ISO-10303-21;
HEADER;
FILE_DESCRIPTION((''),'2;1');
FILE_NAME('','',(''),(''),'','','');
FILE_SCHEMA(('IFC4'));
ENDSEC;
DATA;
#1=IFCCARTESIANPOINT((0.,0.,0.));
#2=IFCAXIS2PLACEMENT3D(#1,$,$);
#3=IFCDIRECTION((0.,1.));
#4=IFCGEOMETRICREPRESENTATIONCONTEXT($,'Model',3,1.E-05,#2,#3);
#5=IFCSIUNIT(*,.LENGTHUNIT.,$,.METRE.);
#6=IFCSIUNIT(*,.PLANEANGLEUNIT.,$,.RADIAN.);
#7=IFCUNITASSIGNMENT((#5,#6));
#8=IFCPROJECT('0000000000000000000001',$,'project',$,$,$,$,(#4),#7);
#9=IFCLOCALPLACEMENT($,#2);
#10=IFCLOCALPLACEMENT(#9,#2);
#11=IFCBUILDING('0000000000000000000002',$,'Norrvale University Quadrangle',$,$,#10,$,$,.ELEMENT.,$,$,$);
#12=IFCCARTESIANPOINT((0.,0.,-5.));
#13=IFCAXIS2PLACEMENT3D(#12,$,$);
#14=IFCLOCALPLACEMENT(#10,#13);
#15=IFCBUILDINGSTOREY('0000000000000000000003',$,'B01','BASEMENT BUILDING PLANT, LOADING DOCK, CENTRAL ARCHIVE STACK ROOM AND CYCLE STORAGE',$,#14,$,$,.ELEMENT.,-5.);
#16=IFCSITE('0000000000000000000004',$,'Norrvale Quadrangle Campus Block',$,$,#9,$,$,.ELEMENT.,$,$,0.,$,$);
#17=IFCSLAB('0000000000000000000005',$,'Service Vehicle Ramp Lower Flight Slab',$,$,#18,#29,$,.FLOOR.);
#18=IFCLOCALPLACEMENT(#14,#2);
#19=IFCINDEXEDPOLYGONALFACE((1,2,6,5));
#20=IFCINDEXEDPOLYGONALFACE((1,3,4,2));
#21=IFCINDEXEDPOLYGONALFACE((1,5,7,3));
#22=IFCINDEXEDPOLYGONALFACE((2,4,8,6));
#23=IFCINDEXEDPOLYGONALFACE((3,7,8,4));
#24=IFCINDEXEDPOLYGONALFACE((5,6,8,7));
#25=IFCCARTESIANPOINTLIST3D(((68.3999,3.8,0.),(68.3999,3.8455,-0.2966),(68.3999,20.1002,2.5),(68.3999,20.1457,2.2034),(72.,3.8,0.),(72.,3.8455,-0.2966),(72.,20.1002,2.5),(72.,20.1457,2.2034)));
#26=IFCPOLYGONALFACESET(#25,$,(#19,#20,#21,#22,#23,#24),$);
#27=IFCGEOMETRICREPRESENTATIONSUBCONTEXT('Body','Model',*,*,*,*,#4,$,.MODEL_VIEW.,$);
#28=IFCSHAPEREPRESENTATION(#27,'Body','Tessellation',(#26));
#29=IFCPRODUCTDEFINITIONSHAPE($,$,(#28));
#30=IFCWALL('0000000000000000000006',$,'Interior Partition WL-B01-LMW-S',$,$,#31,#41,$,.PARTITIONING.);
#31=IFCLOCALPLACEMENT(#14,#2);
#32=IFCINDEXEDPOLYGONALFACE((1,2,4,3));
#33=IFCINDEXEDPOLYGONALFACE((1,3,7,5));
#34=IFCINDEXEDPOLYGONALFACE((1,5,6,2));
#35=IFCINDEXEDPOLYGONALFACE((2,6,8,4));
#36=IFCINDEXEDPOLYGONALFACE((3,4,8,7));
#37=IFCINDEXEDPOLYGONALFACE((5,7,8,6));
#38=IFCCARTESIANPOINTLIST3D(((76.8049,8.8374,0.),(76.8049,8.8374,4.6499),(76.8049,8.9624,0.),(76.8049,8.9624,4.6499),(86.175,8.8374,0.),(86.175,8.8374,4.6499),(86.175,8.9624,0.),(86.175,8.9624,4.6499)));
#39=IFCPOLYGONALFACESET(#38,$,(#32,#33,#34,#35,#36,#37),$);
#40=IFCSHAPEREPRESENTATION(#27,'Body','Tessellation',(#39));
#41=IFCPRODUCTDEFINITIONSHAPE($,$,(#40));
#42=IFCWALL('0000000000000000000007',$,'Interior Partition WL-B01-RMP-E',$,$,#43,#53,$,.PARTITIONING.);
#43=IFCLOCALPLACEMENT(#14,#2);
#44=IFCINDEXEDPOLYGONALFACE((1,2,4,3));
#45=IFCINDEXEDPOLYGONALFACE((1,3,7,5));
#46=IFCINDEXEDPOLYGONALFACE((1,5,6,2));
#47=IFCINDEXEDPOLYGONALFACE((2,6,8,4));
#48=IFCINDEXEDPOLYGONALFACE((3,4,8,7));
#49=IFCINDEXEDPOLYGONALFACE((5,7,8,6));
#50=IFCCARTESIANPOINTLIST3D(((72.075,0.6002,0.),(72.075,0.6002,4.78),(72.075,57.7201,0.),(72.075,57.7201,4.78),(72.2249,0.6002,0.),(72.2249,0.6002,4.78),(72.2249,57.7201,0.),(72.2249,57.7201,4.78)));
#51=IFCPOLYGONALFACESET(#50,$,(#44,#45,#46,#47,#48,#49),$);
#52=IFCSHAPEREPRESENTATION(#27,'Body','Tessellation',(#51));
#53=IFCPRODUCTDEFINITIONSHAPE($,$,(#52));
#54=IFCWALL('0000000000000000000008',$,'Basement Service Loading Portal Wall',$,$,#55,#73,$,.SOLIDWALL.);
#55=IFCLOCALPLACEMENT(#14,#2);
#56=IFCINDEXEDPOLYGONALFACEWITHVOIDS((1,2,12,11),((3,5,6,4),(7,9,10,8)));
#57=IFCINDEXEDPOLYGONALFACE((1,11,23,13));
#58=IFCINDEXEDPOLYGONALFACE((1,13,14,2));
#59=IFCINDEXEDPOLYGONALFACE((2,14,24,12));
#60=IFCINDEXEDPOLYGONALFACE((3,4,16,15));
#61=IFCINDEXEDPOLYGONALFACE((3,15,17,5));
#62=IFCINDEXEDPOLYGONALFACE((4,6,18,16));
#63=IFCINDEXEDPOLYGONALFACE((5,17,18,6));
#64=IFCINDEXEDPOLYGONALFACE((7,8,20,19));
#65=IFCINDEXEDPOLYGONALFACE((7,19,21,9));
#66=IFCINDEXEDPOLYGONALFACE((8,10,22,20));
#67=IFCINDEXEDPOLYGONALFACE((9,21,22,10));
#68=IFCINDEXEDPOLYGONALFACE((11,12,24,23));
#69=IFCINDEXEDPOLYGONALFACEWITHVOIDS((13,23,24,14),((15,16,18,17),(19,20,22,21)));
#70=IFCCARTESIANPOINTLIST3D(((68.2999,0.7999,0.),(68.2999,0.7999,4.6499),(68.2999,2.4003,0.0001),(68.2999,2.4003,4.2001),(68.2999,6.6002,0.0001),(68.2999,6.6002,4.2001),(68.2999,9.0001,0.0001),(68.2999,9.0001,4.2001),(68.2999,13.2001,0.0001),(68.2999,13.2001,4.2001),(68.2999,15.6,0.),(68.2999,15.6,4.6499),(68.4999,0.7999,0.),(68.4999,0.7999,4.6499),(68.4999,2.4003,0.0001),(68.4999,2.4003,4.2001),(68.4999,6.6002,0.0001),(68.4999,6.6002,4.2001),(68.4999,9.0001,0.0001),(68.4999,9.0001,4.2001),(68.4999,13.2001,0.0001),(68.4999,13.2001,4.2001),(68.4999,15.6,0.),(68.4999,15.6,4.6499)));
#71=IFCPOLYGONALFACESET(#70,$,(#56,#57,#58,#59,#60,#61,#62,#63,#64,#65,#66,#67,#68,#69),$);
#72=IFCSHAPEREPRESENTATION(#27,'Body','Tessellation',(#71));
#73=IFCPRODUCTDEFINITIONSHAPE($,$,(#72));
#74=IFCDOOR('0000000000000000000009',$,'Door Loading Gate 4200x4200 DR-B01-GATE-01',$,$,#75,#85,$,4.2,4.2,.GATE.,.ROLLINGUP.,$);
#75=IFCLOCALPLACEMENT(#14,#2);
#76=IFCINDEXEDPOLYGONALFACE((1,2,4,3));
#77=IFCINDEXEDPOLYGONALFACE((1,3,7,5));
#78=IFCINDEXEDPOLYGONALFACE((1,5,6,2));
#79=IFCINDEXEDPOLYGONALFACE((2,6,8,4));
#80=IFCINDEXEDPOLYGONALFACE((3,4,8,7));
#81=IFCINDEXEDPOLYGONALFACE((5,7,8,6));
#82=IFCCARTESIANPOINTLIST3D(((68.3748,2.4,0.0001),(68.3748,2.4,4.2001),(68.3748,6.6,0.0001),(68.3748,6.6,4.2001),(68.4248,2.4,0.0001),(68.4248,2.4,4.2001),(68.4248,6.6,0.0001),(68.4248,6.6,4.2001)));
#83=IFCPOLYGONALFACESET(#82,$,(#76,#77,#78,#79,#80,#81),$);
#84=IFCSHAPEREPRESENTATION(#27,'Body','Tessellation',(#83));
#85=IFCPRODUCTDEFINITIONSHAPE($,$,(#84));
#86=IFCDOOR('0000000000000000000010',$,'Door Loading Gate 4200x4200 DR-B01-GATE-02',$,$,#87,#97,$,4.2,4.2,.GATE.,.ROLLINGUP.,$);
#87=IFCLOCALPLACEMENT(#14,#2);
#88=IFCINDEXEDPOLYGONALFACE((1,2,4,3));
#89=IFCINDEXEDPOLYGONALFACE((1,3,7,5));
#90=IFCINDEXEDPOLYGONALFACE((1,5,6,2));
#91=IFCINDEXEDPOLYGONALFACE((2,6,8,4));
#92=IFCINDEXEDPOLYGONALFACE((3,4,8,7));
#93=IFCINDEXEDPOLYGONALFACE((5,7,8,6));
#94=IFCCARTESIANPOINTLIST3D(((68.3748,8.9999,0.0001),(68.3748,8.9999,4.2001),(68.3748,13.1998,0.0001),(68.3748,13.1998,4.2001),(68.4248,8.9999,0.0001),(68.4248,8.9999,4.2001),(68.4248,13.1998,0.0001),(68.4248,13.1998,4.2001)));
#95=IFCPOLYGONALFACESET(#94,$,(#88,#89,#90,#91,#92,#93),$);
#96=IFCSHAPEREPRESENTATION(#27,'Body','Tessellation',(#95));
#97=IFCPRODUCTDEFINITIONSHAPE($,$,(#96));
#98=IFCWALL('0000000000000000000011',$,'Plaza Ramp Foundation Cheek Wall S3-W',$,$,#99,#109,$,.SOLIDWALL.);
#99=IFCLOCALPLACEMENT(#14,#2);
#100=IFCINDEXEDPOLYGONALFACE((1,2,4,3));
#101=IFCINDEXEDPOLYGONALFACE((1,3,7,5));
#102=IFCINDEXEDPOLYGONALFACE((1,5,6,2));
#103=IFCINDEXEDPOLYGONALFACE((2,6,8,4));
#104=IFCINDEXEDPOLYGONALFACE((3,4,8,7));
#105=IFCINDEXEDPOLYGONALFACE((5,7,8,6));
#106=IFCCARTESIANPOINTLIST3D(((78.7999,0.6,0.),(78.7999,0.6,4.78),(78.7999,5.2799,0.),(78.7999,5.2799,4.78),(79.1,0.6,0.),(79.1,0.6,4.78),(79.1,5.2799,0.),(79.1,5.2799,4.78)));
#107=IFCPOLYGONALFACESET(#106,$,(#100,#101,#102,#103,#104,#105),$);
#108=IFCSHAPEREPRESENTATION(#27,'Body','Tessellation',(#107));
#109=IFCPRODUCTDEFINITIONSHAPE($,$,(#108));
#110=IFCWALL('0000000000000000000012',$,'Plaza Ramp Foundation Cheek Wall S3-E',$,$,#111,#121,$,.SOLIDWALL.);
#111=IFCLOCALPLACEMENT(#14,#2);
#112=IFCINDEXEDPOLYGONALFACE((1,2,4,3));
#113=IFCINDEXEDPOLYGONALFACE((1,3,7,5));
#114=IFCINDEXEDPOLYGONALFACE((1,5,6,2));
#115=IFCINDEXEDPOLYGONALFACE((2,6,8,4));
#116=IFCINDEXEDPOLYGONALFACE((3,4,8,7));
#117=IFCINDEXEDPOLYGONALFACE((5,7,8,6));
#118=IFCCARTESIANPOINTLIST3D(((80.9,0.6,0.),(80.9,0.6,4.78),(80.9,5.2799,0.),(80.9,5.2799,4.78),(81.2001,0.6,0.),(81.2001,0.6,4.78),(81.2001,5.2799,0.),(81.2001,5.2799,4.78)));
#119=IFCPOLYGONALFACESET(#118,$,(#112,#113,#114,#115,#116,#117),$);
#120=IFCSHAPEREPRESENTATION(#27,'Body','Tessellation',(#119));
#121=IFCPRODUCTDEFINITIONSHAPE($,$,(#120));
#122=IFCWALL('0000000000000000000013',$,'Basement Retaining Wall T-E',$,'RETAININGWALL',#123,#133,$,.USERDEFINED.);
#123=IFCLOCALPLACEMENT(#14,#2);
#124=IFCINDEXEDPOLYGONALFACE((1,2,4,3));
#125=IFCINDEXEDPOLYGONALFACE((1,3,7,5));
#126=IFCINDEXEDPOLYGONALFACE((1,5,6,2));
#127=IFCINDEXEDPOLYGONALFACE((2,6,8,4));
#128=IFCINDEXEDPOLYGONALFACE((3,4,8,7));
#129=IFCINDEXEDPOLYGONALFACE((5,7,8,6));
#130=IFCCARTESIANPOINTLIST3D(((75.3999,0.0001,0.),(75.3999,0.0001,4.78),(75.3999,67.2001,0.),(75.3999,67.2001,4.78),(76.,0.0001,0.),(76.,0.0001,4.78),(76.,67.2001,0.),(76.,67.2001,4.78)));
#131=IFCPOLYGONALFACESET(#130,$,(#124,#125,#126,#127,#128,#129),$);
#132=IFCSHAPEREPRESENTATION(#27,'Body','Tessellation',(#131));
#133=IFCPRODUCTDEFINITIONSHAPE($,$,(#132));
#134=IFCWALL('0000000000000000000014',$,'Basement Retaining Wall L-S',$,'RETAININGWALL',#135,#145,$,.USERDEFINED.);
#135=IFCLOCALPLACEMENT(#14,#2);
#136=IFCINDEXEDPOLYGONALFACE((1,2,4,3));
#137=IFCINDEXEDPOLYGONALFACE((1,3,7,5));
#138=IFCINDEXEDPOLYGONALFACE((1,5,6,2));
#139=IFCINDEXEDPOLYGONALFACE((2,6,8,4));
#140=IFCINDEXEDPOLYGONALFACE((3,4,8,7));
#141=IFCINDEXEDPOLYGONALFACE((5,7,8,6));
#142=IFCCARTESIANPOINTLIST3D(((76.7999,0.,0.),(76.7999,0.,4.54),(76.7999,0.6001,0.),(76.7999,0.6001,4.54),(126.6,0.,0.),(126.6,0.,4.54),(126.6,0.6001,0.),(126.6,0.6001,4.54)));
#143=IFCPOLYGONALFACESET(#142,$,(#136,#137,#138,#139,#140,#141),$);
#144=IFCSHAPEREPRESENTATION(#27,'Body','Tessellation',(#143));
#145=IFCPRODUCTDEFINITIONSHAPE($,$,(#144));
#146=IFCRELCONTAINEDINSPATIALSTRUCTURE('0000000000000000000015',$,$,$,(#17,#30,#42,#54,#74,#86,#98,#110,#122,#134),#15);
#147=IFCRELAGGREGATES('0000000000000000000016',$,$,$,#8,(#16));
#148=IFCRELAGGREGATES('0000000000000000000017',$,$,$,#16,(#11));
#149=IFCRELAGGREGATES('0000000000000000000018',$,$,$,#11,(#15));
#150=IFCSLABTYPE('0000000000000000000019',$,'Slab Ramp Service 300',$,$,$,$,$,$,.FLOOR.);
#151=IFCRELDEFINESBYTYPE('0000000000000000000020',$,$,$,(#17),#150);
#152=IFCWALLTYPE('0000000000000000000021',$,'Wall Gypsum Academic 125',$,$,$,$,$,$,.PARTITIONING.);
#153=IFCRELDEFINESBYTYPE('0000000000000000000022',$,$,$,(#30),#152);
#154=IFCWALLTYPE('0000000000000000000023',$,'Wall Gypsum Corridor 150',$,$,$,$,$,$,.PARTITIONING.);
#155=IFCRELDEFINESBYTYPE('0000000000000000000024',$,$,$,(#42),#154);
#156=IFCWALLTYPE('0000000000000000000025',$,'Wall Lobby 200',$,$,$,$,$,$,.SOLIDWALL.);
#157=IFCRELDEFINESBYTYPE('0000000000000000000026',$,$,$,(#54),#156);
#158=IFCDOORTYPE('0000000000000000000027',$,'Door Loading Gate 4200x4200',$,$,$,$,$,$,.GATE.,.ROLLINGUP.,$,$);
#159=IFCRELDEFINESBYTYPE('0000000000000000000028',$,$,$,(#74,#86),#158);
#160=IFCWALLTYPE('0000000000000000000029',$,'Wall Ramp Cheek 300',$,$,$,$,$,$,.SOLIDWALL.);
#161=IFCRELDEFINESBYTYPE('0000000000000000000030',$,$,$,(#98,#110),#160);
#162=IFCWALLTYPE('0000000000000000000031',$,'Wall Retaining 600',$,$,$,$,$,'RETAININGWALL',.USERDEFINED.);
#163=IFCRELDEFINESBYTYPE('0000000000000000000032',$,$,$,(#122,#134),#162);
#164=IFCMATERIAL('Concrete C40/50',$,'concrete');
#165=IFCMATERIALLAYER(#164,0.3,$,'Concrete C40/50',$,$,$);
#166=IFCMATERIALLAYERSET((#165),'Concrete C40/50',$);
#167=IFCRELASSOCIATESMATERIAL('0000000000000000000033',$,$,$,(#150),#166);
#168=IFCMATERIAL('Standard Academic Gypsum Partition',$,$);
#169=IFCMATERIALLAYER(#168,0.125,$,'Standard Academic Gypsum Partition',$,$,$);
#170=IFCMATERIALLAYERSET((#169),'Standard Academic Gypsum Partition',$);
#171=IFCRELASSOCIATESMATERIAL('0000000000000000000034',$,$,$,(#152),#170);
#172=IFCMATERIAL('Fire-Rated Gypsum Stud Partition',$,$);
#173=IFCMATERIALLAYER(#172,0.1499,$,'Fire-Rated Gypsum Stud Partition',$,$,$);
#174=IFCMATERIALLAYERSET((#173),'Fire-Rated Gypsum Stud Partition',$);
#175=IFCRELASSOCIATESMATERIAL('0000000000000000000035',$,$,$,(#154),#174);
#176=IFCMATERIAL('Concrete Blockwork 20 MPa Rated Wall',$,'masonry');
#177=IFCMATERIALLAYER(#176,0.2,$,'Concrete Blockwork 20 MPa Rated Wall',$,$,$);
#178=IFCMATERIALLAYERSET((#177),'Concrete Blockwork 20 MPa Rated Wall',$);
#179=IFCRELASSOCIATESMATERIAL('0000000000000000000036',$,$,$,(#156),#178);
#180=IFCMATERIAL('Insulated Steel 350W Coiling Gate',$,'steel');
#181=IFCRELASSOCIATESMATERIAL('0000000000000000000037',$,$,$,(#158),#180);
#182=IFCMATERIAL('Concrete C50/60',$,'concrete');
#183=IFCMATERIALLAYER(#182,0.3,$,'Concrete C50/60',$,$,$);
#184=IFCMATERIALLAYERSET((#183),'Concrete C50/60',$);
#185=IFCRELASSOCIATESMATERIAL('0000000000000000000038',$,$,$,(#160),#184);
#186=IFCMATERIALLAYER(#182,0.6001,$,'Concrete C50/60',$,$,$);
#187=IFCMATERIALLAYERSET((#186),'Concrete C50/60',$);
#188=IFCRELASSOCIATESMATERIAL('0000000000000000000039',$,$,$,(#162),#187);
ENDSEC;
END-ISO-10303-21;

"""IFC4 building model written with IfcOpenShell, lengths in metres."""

from ifc_helpers import new_model, si_unit, direction, frame, frame_2d, origin, place, context, subcontext, project, spatial, polyline, rectangle, outline, extrude, material, layer, layer_set, type_object, element, fill, save


model = new_model("IFC4")

# Units and contexts
model_context = context("Model", 3, precision=1e-05, world=origin(), true_north=direction((0.0, 1.0)))
body_context = subcontext(model_context, "Body", "Model", "MODEL_VIEW")
ifc_project = project(units=[si_unit("LENGTHUNIT", "METRE"), si_unit("PLANEANGLEUNIT", "RADIAN")], contexts=[model_context])

# Site, building, storey
site_placement = place(None, origin())
site = spatial("IfcSite", under=ifc_project, at=site_placement, Name="Norrvale Quadrangle Campus Block", CompositionType="ELEMENT", RefElevation=0.0)
building_placement = place(site_placement, origin())
building = spatial("IfcBuilding", under=site, at=building_placement, Name="Norrvale University Quadrangle", CompositionType="ELEMENT")
storey_placement = place(building_placement, frame((0.0, 0.0, -5.0)))
storey = spatial("IfcBuildingStorey", under=building, at=storey_placement, Name="B01", Description="BASEMENT BUILDING PLANT, LOADING DOCK, CENTRAL ARCHIVE STACK ROOM AND CYCLE STORAGE", CompositionType="ELEMENT", Elevation=-5.0)

# Shared definitions
ifc_material_1 = material(Name="Concrete C50/60", Category="concrete")

# Slab
ifc_material_2 = material(Name="Concrete C40/50", Category="concrete")
ifc_layer_1 = layer(ifc_material_2, 0.3, Name="Concrete C40/50")
ifc_layer_set_1 = layer_set([ifc_layer_1], Name="Concrete C40/50")
slab_type = type_object("IfcSlabType", Name="Slab Ramp Service 300", PredefinedType="FLOOR", material=ifc_layer_set_1)
slab_placement = place(storey_placement, frame((68.3999, 3.8, 0.0), z_axis=(0.0, -0.151601, 0.988442), x_axis=(1.0, 0.0, 0.0)))
element("IfcSlab", 1, at=slab_placement, inside=storey, type_object=slab_type, Name="Service Vehicle Ramp Lower Flight Slab", PredefinedType="FLOOR", context=body_context, shape_type="SweptSolid", body=[
    extrude(outline(polyline([(0.0, 0.0), (3.6001, 0.0), (3.6001, 16.4907), (0.0, 16.4907), (0.0, 0.0)])), origin(), (0.0, 0.0, -1.0), 0.3),
])

# Walls
ifc_material_3 = material(Name="Standard Academic Gypsum Partition")
ifc_layer_2 = layer(ifc_material_3, 0.125, Name="Standard Academic Gypsum Partition")
ifc_layer_set_2 = layer_set([ifc_layer_2], Name="Standard Academic Gypsum Partition")
wall_type_1 = type_object("IfcWallType", Name="Wall Gypsum Academic 125", PredefinedType="PARTITIONING", material=ifc_layer_set_2)
wall_1_placement = place(storey_placement, frame((76.8049, 8.8999, 0.0), z_axis=(0.0, 0.0, 1.0), x_axis=(1.0, 0.0, 0.0)))
element("IfcWall", 2, at=wall_1_placement, inside=storey, type_object=wall_type_1, Name="Interior Partition WL-B01-LMW-S", PredefinedType="PARTITIONING", context=body_context, shape_type="SweptSolid", body=[
    extrude(rectangle(XDim=9.3701, YDim=0.125, at=frame_2d((4.6851, 0.0))), origin(), (0.0, 0.0, 1.0), 4.6499),
])
ifc_material_4 = material(Name="Fire-Rated Gypsum Stud Partition")
ifc_layer_3 = layer(ifc_material_4, 0.1499, Name="Fire-Rated Gypsum Stud Partition")
ifc_layer_set_3 = layer_set([ifc_layer_3], Name="Fire-Rated Gypsum Stud Partition")
wall_type_2 = type_object("IfcWallType", Name="Wall Gypsum Corridor 150", PredefinedType="PARTITIONING", material=ifc_layer_set_3)
wall_2_placement = place(storey_placement, frame((72.1499, 0.6001, 0.0), z_axis=(0.0, 0.0, 1.0), x_axis=(0.0, 1.0, 0.0)))
element("IfcWall", 3, at=wall_2_placement, inside=storey, type_object=wall_type_2, Name="Interior Partition WL-B01-RMP-E", PredefinedType="PARTITIONING", context=body_context, shape_type="SweptSolid", body=[
    extrude(rectangle(XDim=57.1199, YDim=0.1499, at=frame_2d((28.5601, 0.0))), origin(), (0.0, 0.0, 1.0), 4.78),
])

# Wall, openings, doors
ifc_material_5 = material(Name="Concrete Blockwork 20 MPa Rated Wall", Category="masonry")
ifc_layer_4 = layer(ifc_material_5, 0.2, Name="Concrete Blockwork 20 MPa Rated Wall")
ifc_layer_set_4 = layer_set([ifc_layer_4], Name="Concrete Blockwork 20 MPa Rated Wall")
wall_type_3 = type_object("IfcWallType", Name="Wall Lobby 200", PredefinedType="SOLIDWALL", material=ifc_layer_set_4)
wall_3_placement = place(storey_placement, frame((68.3999, 0.8, 0.0), z_axis=(0.0, 0.0, 1.0), x_axis=(0.0, 1.0, 0.0)))
wall_3 = element("IfcWall", 4, at=wall_3_placement, inside=storey, type_object=wall_type_3, Name="Basement Service Loading Portal Wall", PredefinedType="SOLIDWALL", context=body_context, shape_type="SweptSolid", body=[
    extrude(rectangle(XDim=14.8, YDim=0.2, at=frame_2d((7.3999, 0.0))), origin(), (0.0, 0.0, 1.0), 4.6499),
])
opening_1_placement = place(wall_3_placement, frame((1.6001, 0.0, 0.0)))
opening_1 = element("IfcOpeningElement", 5, at=opening_1_placement, cuts=wall_3, PredefinedType="OPENING", context=body_context, shape_type="SweptSolid", body=[
    extrude(rectangle(XDim=4.2, YDim=4.2, at=frame_2d((2.1001, 2.1001))), frame((0.0, 0.1121, 0.0), z_axis=(0.0, -1.0, 0.0), x_axis=(1.0, 0.0, 0.0)), (0.0, 0.0, 1.0), 0.2239),
])
opening_2_placement = place(wall_3_placement, frame((8.2, 0.0, 0.0)))
opening_2 = element("IfcOpeningElement", 6, at=opening_2_placement, cuts=wall_3, PredefinedType="OPENING", context=body_context, shape_type="SweptSolid", body=[
    extrude(rectangle(XDim=4.2, YDim=4.2, at=frame_2d((2.1001, 2.1001))), frame((0.0, 0.1121, 0.0), z_axis=(0.0, -1.0, 0.0), x_axis=(1.0, 0.0, 0.0)), (0.0, 0.0, 1.0), 0.2239),
])
ifc_material_6 = material(Name="Insulated Steel 350W Coiling Gate", Category="steel")
door_type = type_object("IfcDoorType", Name="Door Loading Gate 4200x4200", OperationType="ROLLINGUP", PredefinedType="GATE", material=ifc_material_6)
door_1_placement = place(opening_1_placement, frame((4.2, 0.0, 0.0), z_axis=(0.0, 0.0, 1.0), x_axis=(-1.0, 0.0, 0.0)))
door_1 = element("IfcDoor", 7, at=door_1_placement, inside=storey, type_object=door_type, Name="Door Loading Gate 4200x4200 DR-B01-GATE-01", OperationType="ROLLINGUP", OverallHeight=4.2, OverallWidth=4.2, PredefinedType="GATE", context=body_context, shape_type="SweptSolid", body=[
    extrude(rectangle(XDim=4.2, YDim=4.2, at=frame_2d((2.1001, 2.1001))), frame((0.0, 0.0249, 0.0), z_axis=(0.0, -1.0, 0.0), x_axis=(1.0, 0.0, 0.0)), (0.0, 0.0, 1.0), 0.05),
])
fill(opening_1, door_1)
door_2_placement = place(opening_2_placement, frame((4.2, 0.0, 0.0), z_axis=(0.0, 0.0, 1.0), x_axis=(-1.0, 0.0, 0.0)))
door_2 = element("IfcDoor", 8, at=door_2_placement, inside=storey, type_object=door_type, Name="Door Loading Gate 4200x4200 DR-B01-GATE-02", OperationType="ROLLINGUP", OverallHeight=4.2, OverallWidth=4.2, PredefinedType="GATE", context=body_context, shape_type="SweptSolid", body=[
    extrude(rectangle(XDim=4.2, YDim=4.2, at=frame_2d((2.1001, 2.1001))), frame((0.0, 0.0249, 0.0), z_axis=(0.0, -1.0, 0.0), x_axis=(1.0, 0.0, 0.0)), (0.0, 0.0, 1.0), 0.05),
])
fill(opening_2, door_2)

# Walls
ifc_layer_5 = layer(ifc_material_1, 0.3, Name="Concrete C50/60")
ifc_layer_set_5 = layer_set([ifc_layer_5], Name="Concrete C50/60")
wall_type_4 = type_object("IfcWallType", Name="Wall Ramp Cheek 300", PredefinedType="SOLIDWALL", material=ifc_layer_set_5)
for number, where, z_axis, x_axis, name in (
    (9, (78.95, 0.6001, 0.0), (0.0, 0.0, 1.0), (0.0, 1.0, 0.0), "Plaza Ramp Foundation Cheek Wall S3-W"),
    (10, (81.05, 0.6001, 0.0), (0.0, 0.0, 1.0), (0.0, 1.0, 0.0), "Plaza Ramp Foundation Cheek Wall S3-E"),
):
    element("IfcWall", number, at=place(storey_placement, frame(where, z_axis=z_axis, x_axis=x_axis)), inside=storey, type_object=wall_type_4, Name=name, PredefinedType="SOLIDWALL", context=body_context, shape_type="SweptSolid", body=[
        extrude(rectangle(XDim=4.6799, YDim=0.3, at=frame_2d((2.3398, 0.0))), origin(), (0.0, 0.0, 1.0), 4.78),
    ])
ifc_layer_6 = layer(ifc_material_1, 0.6001, Name="Concrete C50/60")
ifc_layer_set_6 = layer_set([ifc_layer_6], Name="Concrete C50/60")
wall_type_5 = type_object("IfcWallType", Name="Wall Retaining 600", ElementType="RETAININGWALL", PredefinedType="USERDEFINED", material=ifc_layer_set_6)
wall_4_placement = place(storey_placement, frame((75.7, 0.0, 0.0), z_axis=(0.0, 0.0, 1.0), x_axis=(0.0, 1.0, 0.0)))
element("IfcWall", 11, at=wall_4_placement, inside=storey, type_object=wall_type_5, Name="Basement Retaining Wall T-E", ObjectType="RETAININGWALL", PredefinedType="USERDEFINED", context=body_context, shape_type="SweptSolid", body=[
    extrude(rectangle(XDim=67.2, YDim=0.6001, at=frame_2d((33.6001, 0.0))), origin(), (0.0, 0.0, 1.0), 4.78),
])
wall_5_placement = place(storey_placement, frame((76.8, 0.3, 0.0), z_axis=(0.0, 0.0, 1.0), x_axis=(1.0, 0.0, 0.0)))
element("IfcWall", 12, at=wall_5_placement, inside=storey, type_object=wall_type_5, Name="Basement Retaining Wall L-S", ObjectType="RETAININGWALL", PredefinedType="USERDEFINED", context=body_context, shape_type="SweptSolid", body=[
    extrude(rectangle(XDim=49.8, YDim=0.6001, at=frame_2d((24.8999, 0.0))), origin(), (0.0, 0.0, 1.0), 4.54),
])

save(model, "model.ifc")
